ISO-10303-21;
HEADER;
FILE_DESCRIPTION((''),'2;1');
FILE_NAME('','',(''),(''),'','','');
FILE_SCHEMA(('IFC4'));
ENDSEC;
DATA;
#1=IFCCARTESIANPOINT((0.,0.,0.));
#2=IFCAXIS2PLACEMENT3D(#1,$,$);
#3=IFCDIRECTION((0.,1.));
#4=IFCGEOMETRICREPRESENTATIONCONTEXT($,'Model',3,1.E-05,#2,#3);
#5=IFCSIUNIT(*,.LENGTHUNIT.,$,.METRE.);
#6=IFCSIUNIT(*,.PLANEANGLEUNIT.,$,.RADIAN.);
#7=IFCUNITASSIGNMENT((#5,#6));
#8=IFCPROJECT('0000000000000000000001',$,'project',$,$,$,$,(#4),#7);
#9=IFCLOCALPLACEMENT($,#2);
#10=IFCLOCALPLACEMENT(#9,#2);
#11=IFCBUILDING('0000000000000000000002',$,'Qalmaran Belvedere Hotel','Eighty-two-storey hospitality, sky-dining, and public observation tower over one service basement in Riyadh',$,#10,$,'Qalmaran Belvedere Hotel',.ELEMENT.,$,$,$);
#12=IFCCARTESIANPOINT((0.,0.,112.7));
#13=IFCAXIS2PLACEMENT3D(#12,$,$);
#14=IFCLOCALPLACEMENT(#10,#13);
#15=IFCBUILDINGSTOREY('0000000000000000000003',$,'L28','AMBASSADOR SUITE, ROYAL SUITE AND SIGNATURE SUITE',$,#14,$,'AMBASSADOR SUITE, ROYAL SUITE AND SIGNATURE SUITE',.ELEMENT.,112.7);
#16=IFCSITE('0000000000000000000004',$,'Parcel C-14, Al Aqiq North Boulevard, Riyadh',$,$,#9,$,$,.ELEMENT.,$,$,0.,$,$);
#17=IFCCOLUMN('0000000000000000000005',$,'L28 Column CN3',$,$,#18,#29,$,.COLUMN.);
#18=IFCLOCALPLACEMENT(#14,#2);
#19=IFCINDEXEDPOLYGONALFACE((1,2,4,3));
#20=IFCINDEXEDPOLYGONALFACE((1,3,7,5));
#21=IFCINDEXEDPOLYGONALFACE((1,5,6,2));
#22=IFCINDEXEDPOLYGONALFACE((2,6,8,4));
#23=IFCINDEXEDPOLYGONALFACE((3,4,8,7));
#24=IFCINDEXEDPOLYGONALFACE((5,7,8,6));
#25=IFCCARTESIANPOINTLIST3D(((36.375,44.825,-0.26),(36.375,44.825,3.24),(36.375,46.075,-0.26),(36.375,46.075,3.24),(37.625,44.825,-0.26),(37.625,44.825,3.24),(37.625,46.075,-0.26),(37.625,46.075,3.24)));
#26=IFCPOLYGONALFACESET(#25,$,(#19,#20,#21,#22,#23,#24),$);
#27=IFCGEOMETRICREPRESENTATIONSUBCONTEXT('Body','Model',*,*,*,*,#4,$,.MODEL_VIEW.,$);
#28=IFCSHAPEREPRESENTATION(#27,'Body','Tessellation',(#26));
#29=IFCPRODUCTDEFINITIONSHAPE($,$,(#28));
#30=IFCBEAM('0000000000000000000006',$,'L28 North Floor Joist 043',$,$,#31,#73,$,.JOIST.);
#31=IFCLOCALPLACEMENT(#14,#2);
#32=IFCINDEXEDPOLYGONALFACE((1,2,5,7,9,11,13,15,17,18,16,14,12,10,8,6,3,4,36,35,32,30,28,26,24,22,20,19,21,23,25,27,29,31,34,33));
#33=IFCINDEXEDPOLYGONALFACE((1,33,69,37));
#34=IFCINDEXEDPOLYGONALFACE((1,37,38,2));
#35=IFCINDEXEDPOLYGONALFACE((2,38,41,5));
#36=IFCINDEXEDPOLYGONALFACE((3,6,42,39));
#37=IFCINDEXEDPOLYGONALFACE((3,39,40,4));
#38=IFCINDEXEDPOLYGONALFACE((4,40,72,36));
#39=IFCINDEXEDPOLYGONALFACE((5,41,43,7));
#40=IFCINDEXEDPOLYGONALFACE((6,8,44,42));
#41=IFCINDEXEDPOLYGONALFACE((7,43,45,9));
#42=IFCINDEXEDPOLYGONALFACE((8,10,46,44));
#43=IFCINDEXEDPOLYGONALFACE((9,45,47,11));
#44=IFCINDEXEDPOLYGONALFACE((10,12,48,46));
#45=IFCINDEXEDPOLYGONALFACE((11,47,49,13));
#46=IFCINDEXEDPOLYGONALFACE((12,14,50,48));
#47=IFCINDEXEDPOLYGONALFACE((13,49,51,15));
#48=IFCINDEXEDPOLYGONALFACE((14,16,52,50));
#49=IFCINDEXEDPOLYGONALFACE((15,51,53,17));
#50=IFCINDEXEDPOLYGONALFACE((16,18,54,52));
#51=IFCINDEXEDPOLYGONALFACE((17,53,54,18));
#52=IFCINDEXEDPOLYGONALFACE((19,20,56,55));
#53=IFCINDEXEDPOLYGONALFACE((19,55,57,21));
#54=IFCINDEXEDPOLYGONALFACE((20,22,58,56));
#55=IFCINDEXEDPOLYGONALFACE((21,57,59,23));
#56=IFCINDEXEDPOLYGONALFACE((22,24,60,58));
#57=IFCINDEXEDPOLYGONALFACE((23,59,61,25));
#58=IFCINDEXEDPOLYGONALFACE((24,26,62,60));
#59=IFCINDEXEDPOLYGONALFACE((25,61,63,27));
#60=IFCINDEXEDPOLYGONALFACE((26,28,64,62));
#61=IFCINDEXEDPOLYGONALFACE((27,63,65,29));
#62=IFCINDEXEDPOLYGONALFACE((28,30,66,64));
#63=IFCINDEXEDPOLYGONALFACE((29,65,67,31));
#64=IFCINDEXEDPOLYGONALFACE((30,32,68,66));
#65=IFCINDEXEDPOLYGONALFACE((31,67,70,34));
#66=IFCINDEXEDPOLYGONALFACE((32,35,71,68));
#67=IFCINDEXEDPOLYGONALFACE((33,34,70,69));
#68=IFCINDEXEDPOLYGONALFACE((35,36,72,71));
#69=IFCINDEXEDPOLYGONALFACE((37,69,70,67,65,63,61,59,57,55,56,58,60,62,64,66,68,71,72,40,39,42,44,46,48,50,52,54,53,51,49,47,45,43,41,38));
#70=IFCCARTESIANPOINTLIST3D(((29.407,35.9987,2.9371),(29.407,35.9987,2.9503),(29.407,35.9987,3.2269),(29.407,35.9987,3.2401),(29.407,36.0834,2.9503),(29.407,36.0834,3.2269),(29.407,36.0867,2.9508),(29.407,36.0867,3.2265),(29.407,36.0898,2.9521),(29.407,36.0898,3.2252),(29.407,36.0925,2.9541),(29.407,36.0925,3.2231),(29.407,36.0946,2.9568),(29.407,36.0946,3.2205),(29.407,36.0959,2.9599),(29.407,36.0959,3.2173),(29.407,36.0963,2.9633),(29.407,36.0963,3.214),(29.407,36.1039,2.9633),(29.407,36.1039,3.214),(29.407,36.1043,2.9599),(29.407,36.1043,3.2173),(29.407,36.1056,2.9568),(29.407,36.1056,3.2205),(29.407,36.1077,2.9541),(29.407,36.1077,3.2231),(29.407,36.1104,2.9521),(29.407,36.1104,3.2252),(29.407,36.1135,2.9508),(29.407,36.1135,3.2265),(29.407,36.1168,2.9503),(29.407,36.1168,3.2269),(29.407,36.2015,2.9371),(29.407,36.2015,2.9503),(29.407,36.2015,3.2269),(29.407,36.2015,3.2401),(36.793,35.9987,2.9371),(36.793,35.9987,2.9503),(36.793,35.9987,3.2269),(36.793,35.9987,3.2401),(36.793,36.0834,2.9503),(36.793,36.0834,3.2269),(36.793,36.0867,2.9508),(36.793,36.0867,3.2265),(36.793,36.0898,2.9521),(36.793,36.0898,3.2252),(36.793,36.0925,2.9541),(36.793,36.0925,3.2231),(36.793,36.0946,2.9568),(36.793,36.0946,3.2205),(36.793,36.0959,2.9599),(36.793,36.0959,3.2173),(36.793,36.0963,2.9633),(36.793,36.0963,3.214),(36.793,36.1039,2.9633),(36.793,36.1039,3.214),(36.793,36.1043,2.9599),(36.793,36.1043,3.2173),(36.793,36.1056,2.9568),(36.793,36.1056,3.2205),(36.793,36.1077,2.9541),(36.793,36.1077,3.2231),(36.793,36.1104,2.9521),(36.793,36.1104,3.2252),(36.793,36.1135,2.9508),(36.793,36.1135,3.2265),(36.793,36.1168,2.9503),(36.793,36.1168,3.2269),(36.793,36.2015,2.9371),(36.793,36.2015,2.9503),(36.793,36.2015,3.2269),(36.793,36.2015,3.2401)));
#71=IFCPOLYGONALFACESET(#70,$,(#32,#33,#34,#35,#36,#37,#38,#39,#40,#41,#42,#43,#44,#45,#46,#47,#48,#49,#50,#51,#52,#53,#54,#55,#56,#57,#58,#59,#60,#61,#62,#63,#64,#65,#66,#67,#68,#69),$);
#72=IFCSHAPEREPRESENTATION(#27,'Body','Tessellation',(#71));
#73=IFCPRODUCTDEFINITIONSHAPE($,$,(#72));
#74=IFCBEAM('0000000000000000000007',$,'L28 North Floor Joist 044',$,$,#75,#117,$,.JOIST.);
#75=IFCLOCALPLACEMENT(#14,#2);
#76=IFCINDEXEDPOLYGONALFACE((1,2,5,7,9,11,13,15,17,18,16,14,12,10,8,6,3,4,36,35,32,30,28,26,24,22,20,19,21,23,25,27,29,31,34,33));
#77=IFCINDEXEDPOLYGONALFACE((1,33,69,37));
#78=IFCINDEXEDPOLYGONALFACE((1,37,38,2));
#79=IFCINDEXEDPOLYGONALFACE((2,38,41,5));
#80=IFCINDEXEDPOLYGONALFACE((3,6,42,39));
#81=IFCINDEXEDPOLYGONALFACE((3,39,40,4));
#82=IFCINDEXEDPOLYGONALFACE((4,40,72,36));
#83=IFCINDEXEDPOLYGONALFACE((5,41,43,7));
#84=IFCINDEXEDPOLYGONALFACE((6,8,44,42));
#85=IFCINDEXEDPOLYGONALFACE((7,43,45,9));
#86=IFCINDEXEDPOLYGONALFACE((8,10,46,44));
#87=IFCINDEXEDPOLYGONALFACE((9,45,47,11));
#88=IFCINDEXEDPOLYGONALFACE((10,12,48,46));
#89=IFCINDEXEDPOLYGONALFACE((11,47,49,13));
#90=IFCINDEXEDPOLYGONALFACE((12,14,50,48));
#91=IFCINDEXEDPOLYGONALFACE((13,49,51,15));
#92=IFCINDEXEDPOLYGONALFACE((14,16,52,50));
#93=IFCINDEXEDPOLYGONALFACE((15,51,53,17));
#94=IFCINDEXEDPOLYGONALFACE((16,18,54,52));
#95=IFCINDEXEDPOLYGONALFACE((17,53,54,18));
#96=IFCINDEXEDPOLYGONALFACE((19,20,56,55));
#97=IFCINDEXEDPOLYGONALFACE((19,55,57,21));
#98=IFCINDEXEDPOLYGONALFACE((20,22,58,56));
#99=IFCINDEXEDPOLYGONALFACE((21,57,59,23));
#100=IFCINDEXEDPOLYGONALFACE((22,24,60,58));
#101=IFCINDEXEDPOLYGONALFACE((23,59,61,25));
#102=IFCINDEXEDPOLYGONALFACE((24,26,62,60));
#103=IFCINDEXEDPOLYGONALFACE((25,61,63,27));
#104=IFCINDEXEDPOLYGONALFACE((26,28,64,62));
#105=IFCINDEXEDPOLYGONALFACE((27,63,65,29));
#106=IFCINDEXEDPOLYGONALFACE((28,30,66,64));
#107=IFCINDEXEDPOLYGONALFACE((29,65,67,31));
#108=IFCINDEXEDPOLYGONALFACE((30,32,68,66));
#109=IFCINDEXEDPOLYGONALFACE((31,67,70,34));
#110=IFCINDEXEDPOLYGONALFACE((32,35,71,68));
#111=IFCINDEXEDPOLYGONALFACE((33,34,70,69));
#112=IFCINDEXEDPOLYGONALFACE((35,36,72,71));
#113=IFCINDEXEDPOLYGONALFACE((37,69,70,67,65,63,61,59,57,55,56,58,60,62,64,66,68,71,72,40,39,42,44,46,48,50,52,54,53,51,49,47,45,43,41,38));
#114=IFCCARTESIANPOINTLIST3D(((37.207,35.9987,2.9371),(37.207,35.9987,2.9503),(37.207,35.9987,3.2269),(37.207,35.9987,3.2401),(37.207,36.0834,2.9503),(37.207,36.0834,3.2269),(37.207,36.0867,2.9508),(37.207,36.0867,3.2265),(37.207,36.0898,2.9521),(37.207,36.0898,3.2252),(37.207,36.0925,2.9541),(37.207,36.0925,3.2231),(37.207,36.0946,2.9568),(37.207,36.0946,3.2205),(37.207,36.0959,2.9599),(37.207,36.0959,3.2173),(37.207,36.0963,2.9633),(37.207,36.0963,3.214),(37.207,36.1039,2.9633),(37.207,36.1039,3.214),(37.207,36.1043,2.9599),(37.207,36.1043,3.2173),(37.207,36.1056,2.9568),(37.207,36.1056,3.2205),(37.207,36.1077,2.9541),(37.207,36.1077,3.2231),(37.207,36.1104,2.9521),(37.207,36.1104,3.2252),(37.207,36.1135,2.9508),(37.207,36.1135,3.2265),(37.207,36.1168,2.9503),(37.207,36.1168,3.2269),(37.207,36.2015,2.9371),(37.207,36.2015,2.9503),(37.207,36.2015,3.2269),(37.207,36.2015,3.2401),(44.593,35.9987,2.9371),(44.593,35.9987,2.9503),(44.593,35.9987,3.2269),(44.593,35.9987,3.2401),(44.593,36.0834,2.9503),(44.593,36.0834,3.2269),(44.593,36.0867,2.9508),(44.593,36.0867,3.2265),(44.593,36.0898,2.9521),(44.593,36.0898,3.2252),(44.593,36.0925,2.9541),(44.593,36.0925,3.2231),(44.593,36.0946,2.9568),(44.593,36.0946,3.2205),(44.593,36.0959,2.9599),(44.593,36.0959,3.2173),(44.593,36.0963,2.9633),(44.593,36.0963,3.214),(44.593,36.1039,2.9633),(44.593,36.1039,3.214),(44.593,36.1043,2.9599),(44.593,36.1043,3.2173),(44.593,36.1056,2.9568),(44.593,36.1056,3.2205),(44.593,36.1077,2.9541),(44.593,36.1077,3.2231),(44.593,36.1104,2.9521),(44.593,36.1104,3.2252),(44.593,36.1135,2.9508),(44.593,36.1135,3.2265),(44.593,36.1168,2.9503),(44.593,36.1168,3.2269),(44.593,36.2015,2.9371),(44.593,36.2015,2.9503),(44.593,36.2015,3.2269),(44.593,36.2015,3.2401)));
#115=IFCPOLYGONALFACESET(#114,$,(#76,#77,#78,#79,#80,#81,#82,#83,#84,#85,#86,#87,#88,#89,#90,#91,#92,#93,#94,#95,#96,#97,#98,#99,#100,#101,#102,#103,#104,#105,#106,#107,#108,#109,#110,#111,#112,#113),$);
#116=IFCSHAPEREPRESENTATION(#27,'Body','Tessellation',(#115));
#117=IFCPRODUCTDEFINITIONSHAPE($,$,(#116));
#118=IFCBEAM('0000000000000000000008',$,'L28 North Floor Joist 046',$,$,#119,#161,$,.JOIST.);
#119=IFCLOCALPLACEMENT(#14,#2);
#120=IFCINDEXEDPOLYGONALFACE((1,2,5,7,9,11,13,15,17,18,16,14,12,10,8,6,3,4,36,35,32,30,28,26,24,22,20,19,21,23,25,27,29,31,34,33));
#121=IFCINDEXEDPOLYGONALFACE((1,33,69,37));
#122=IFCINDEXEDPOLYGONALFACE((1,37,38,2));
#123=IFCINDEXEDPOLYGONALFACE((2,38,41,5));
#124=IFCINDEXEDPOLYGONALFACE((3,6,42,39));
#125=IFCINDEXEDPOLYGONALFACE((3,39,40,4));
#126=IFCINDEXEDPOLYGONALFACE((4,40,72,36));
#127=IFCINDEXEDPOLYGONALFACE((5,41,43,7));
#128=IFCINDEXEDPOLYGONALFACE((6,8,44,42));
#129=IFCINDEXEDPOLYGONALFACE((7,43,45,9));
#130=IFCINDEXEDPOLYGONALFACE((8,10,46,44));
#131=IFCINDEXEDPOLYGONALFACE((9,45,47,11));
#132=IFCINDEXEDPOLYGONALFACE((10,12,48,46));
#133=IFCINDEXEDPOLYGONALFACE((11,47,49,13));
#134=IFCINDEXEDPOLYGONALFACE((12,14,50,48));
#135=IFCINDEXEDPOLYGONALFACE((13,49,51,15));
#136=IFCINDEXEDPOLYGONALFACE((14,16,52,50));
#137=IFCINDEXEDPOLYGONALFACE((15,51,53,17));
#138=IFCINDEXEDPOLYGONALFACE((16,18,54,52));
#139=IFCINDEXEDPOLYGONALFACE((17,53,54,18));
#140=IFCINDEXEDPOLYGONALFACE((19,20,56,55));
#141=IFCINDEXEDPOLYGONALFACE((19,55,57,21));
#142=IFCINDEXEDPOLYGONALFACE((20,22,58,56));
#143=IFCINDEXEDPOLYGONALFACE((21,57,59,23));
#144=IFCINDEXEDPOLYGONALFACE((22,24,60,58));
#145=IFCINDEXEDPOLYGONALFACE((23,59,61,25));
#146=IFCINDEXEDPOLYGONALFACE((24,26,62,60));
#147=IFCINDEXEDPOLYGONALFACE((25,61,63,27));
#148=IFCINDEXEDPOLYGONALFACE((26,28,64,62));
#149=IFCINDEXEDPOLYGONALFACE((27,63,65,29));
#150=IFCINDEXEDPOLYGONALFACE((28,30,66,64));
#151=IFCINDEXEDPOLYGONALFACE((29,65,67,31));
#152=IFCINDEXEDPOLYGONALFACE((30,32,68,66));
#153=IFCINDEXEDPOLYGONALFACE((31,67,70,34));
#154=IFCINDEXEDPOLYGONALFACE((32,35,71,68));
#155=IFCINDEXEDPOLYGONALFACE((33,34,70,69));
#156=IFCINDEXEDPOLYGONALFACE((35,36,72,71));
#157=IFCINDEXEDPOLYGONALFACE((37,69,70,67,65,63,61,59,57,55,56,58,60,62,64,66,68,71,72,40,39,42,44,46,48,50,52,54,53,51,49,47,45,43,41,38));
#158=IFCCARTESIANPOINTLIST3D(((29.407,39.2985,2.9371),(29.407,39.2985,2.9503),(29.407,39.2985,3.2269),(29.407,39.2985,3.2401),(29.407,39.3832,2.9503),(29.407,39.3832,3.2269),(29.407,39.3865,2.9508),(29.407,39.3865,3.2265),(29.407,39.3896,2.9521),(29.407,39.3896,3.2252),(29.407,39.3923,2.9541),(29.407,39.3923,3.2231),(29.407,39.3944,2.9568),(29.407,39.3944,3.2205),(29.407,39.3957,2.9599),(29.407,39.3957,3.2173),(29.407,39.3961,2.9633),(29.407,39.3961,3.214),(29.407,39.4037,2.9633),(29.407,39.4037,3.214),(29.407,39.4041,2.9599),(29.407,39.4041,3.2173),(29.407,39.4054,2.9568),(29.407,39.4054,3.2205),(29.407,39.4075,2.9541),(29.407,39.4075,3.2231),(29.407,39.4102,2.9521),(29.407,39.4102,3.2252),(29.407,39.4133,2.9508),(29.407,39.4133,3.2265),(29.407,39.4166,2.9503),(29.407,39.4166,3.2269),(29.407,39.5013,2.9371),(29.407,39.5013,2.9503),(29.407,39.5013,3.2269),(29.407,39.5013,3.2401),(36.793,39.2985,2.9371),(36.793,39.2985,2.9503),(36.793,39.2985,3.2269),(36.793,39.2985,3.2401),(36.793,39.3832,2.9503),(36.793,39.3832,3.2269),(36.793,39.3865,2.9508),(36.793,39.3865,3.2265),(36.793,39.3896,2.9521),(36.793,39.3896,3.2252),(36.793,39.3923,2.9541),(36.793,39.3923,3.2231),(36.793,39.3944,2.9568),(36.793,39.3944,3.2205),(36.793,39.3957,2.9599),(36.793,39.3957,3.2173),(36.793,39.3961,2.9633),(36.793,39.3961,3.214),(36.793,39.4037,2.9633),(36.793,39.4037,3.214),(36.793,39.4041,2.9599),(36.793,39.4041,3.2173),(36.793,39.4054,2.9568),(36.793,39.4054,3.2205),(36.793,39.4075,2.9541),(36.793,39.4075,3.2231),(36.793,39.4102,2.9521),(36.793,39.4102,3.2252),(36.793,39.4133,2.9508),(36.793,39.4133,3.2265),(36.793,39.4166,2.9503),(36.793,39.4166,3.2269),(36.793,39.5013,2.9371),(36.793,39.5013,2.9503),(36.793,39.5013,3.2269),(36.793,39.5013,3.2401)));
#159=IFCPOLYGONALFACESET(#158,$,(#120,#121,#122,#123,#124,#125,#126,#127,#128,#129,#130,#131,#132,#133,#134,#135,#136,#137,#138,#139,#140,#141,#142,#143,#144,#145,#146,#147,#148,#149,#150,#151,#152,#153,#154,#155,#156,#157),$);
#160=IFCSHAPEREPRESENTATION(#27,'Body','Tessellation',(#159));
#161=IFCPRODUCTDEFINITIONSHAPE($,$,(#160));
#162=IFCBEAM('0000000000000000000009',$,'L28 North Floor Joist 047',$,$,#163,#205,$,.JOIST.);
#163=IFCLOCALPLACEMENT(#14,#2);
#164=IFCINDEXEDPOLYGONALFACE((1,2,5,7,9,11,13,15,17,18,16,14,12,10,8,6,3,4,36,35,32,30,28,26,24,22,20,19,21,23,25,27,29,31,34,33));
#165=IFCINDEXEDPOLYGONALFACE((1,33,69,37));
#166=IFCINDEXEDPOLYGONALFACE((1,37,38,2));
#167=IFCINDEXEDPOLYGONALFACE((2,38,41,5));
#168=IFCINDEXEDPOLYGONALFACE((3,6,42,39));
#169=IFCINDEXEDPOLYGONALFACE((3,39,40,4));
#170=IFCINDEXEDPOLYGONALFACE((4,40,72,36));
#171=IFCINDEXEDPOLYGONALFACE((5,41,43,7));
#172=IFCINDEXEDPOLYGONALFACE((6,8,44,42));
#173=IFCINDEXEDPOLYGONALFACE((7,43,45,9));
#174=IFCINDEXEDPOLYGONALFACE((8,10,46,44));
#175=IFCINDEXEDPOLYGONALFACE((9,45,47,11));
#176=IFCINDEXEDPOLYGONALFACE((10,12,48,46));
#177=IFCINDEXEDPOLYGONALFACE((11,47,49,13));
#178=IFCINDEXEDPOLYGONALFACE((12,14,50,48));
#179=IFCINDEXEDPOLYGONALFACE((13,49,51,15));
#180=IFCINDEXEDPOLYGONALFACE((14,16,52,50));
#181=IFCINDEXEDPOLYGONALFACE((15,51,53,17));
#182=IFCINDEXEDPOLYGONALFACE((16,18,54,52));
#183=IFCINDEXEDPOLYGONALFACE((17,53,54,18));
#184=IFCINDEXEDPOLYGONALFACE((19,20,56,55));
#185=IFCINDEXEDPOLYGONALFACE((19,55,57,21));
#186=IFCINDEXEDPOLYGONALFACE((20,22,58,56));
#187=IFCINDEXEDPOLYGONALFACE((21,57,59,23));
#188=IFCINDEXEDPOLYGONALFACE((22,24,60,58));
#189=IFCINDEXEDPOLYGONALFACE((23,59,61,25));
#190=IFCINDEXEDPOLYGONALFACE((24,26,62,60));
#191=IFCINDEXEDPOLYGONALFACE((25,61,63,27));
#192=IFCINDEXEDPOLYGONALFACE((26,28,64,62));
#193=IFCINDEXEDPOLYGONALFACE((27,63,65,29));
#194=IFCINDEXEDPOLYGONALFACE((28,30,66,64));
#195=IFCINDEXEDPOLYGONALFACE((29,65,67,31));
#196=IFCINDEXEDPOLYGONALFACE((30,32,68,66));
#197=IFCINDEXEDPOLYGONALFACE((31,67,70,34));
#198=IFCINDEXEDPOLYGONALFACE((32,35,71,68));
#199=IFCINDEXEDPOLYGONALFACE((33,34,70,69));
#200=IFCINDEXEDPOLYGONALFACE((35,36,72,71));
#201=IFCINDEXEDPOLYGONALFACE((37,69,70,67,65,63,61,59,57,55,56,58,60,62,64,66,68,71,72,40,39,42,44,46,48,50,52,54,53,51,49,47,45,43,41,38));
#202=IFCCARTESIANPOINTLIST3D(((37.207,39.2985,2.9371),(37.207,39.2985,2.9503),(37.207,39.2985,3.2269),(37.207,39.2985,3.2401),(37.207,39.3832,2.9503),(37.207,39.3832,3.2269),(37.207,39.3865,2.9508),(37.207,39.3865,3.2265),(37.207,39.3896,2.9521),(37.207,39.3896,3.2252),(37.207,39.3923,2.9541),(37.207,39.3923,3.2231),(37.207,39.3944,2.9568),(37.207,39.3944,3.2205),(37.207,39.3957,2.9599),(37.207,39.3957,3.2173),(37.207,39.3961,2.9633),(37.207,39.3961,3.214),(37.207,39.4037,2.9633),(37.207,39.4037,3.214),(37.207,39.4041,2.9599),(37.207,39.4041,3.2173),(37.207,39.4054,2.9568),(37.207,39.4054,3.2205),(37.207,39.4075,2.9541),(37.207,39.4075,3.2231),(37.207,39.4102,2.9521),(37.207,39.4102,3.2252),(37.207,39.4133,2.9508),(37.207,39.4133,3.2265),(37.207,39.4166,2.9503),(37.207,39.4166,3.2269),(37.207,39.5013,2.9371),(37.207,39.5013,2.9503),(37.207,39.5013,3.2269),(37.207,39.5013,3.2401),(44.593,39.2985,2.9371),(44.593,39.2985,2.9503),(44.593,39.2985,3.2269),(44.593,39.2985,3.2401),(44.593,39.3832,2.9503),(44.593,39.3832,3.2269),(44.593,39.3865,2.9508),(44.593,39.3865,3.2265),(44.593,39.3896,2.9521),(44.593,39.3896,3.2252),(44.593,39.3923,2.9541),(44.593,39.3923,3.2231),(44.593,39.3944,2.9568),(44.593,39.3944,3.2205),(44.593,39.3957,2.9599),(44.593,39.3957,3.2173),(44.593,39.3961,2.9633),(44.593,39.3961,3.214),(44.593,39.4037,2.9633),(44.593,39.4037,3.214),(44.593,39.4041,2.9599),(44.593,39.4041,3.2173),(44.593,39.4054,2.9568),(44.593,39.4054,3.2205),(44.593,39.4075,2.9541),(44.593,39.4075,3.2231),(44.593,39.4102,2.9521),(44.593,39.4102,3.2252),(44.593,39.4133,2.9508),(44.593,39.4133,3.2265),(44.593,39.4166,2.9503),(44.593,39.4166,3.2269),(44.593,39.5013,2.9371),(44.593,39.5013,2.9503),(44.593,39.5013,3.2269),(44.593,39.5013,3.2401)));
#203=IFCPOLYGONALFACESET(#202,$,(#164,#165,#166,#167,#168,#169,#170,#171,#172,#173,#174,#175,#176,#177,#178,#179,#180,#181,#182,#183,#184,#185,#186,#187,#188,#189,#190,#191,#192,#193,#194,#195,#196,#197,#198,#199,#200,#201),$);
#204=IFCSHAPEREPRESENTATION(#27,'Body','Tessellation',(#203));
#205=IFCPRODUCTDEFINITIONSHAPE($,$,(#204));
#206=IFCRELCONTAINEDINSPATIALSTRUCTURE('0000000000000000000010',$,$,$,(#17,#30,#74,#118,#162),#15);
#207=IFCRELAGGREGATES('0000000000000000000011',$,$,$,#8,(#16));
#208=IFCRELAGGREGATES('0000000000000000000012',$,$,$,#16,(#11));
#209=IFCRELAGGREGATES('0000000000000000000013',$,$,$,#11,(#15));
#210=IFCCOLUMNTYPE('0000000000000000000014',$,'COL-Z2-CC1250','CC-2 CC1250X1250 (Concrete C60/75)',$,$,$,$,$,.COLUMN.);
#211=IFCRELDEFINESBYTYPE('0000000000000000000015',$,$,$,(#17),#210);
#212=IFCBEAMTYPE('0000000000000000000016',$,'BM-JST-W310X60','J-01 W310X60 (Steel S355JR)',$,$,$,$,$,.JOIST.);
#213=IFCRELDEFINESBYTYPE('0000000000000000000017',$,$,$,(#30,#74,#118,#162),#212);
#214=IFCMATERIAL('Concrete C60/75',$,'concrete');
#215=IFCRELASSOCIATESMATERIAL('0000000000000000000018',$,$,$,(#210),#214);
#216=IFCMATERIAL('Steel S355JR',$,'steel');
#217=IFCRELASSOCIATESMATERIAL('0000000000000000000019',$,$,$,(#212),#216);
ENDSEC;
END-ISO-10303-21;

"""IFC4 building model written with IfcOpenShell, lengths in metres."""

from ifc_helpers import new_model, si_unit, direction, frame, origin, origin_2d, place, context, subcontext, project, spatial, rectangle, i_section, extrude, material, material_profile, profile_set, type_object, element, save


model = new_model("IFC4")

# Units and contexts
model_context = context("Model", 3, precision=1e-05, world=origin(), true_north=direction((0.0, 1.0)))
body_context = subcontext(model_context, "Body", "Model", "MODEL_VIEW")
ifc_project = project(units=[si_unit("LENGTHUNIT", "METRE"), si_unit("PLANEANGLEUNIT", "RADIAN")], contexts=[model_context])

# Site, building, storey
site_placement = place(None, origin())
site = spatial("IfcSite", under=ifc_project, at=site_placement, Name="Parcel C-14, Al Aqiq North Boulevard, Riyadh", CompositionType="ELEMENT", RefElevation=0.0)
building_placement = place(site_placement, origin())
building = spatial("IfcBuilding", under=site, at=building_placement, Name="Qalmaran Belvedere Hotel", Description="Eighty-two-storey hospitality, sky-dining, and public observation tower over one service basement in Riyadh", LongName="Qalmaran Belvedere Hotel", CompositionType="ELEMENT")
storey_placement = place(building_placement, frame((0.0, 0.0, 112.7)))
storey = spatial("IfcBuildingStorey", under=building, at=storey_placement, Name="L28", Description="AMBASSADOR SUITE, ROYAL SUITE AND SIGNATURE SUITE", LongName="AMBASSADOR SUITE, ROYAL SUITE AND SIGNATURE SUITE", CompositionType="ELEMENT", Elevation=112.7)

# Column
ifc_material_1 = material(Name="Concrete C60/75", Category="concrete")
ifc_material_profile_1 = material_profile(ifc_material_1, rectangle(XDim=1.25, YDim=1.25, at=origin_2d()), Name="CC1250X1250")
ifc_profile_set_1 = profile_set([ifc_material_profile_1], Name="Concrete C60/75")
column_type = type_object("IfcColumnType", Name="COL-Z2-CC1250", Description="CC-2 CC1250X1250 (Concrete C60/75)", PredefinedType="COLUMN", material=ifc_profile_set_1)
column_placement = place(storey_placement, frame((37.0, 45.45, -0.26), z_axis=(0.0, 0.0, 1.0), x_axis=(1.0, 0.0, 0.0)))
element("IfcColumn", 1, at=column_placement, inside=storey, type_object=column_type, Name="L28 Column CN3", PredefinedType="COLUMN", context=body_context, shape_type="SweptSolid", body=[
    extrude(rectangle(XDim=1.25, YDim=1.25, at=origin_2d()), origin(), (0.0, 0.0, 1.0), 3.5),
])

# Beams
ifc_material_2 = material(Name="Steel S355JR", Category="steel")
ifc_material_profile_2 = material_profile(ifc_material_2, i_section(OverallWidth=0.2029, OverallDepth=0.303, WebThickness=0.0076, FlangeThickness=0.0132, FilletRadius=0.0129, at=origin_2d()), Name="W310X60")
ifc_profile_set_2 = profile_set([ifc_material_profile_2], Name="Steel S355JR")
beam_type_1 = type_object("IfcBeamType", Name="BM-JST-W310X60", Description="J-01 W310X60 (Steel S355JR)", PredefinedType="JOIST", material=ifc_profile_set_2)
for number, where, z_axis, x_axis, name in (
    (2, (29.407, 36.1001, 3.0886), (1.0, 0.0, 0.0), (0.0, 1.0, 0.0), "L28 North Floor Joist 043"),
    (3, (37.207, 36.1001, 3.0886), (1.0, 0.0, 0.0), (0.0, 1.0, 0.0), "L28 North Floor Joist 044"),
    (4, (29.407, 39.3999, 3.0886), (1.0, 0.0, 0.0), (0.0, 1.0, 0.0), "L28 North Floor Joist 046"),
    (5, (37.207, 39.3999, 3.0886), (1.0, 0.0, 0.0), (0.0, 1.0, 0.0), "L28 North Floor Joist 047"),
):
    element("IfcBeam", number, at=place(storey_placement, frame(where, z_axis=z_axis, x_axis=x_axis)), inside=storey, type_object=beam_type_1, Name=name, PredefinedType="JOIST", context=body_context, shape_type="SweptSolid", body=[
        extrude(i_section(OverallWidth=0.2029, OverallDepth=0.303, WebThickness=0.0076, FlangeThickness=0.0132, FilletRadius=0.0129, at=origin_2d()), origin(), (0.0, 0.0, 1.0), 7.386),
    ])

save(model, "model.ifc")
